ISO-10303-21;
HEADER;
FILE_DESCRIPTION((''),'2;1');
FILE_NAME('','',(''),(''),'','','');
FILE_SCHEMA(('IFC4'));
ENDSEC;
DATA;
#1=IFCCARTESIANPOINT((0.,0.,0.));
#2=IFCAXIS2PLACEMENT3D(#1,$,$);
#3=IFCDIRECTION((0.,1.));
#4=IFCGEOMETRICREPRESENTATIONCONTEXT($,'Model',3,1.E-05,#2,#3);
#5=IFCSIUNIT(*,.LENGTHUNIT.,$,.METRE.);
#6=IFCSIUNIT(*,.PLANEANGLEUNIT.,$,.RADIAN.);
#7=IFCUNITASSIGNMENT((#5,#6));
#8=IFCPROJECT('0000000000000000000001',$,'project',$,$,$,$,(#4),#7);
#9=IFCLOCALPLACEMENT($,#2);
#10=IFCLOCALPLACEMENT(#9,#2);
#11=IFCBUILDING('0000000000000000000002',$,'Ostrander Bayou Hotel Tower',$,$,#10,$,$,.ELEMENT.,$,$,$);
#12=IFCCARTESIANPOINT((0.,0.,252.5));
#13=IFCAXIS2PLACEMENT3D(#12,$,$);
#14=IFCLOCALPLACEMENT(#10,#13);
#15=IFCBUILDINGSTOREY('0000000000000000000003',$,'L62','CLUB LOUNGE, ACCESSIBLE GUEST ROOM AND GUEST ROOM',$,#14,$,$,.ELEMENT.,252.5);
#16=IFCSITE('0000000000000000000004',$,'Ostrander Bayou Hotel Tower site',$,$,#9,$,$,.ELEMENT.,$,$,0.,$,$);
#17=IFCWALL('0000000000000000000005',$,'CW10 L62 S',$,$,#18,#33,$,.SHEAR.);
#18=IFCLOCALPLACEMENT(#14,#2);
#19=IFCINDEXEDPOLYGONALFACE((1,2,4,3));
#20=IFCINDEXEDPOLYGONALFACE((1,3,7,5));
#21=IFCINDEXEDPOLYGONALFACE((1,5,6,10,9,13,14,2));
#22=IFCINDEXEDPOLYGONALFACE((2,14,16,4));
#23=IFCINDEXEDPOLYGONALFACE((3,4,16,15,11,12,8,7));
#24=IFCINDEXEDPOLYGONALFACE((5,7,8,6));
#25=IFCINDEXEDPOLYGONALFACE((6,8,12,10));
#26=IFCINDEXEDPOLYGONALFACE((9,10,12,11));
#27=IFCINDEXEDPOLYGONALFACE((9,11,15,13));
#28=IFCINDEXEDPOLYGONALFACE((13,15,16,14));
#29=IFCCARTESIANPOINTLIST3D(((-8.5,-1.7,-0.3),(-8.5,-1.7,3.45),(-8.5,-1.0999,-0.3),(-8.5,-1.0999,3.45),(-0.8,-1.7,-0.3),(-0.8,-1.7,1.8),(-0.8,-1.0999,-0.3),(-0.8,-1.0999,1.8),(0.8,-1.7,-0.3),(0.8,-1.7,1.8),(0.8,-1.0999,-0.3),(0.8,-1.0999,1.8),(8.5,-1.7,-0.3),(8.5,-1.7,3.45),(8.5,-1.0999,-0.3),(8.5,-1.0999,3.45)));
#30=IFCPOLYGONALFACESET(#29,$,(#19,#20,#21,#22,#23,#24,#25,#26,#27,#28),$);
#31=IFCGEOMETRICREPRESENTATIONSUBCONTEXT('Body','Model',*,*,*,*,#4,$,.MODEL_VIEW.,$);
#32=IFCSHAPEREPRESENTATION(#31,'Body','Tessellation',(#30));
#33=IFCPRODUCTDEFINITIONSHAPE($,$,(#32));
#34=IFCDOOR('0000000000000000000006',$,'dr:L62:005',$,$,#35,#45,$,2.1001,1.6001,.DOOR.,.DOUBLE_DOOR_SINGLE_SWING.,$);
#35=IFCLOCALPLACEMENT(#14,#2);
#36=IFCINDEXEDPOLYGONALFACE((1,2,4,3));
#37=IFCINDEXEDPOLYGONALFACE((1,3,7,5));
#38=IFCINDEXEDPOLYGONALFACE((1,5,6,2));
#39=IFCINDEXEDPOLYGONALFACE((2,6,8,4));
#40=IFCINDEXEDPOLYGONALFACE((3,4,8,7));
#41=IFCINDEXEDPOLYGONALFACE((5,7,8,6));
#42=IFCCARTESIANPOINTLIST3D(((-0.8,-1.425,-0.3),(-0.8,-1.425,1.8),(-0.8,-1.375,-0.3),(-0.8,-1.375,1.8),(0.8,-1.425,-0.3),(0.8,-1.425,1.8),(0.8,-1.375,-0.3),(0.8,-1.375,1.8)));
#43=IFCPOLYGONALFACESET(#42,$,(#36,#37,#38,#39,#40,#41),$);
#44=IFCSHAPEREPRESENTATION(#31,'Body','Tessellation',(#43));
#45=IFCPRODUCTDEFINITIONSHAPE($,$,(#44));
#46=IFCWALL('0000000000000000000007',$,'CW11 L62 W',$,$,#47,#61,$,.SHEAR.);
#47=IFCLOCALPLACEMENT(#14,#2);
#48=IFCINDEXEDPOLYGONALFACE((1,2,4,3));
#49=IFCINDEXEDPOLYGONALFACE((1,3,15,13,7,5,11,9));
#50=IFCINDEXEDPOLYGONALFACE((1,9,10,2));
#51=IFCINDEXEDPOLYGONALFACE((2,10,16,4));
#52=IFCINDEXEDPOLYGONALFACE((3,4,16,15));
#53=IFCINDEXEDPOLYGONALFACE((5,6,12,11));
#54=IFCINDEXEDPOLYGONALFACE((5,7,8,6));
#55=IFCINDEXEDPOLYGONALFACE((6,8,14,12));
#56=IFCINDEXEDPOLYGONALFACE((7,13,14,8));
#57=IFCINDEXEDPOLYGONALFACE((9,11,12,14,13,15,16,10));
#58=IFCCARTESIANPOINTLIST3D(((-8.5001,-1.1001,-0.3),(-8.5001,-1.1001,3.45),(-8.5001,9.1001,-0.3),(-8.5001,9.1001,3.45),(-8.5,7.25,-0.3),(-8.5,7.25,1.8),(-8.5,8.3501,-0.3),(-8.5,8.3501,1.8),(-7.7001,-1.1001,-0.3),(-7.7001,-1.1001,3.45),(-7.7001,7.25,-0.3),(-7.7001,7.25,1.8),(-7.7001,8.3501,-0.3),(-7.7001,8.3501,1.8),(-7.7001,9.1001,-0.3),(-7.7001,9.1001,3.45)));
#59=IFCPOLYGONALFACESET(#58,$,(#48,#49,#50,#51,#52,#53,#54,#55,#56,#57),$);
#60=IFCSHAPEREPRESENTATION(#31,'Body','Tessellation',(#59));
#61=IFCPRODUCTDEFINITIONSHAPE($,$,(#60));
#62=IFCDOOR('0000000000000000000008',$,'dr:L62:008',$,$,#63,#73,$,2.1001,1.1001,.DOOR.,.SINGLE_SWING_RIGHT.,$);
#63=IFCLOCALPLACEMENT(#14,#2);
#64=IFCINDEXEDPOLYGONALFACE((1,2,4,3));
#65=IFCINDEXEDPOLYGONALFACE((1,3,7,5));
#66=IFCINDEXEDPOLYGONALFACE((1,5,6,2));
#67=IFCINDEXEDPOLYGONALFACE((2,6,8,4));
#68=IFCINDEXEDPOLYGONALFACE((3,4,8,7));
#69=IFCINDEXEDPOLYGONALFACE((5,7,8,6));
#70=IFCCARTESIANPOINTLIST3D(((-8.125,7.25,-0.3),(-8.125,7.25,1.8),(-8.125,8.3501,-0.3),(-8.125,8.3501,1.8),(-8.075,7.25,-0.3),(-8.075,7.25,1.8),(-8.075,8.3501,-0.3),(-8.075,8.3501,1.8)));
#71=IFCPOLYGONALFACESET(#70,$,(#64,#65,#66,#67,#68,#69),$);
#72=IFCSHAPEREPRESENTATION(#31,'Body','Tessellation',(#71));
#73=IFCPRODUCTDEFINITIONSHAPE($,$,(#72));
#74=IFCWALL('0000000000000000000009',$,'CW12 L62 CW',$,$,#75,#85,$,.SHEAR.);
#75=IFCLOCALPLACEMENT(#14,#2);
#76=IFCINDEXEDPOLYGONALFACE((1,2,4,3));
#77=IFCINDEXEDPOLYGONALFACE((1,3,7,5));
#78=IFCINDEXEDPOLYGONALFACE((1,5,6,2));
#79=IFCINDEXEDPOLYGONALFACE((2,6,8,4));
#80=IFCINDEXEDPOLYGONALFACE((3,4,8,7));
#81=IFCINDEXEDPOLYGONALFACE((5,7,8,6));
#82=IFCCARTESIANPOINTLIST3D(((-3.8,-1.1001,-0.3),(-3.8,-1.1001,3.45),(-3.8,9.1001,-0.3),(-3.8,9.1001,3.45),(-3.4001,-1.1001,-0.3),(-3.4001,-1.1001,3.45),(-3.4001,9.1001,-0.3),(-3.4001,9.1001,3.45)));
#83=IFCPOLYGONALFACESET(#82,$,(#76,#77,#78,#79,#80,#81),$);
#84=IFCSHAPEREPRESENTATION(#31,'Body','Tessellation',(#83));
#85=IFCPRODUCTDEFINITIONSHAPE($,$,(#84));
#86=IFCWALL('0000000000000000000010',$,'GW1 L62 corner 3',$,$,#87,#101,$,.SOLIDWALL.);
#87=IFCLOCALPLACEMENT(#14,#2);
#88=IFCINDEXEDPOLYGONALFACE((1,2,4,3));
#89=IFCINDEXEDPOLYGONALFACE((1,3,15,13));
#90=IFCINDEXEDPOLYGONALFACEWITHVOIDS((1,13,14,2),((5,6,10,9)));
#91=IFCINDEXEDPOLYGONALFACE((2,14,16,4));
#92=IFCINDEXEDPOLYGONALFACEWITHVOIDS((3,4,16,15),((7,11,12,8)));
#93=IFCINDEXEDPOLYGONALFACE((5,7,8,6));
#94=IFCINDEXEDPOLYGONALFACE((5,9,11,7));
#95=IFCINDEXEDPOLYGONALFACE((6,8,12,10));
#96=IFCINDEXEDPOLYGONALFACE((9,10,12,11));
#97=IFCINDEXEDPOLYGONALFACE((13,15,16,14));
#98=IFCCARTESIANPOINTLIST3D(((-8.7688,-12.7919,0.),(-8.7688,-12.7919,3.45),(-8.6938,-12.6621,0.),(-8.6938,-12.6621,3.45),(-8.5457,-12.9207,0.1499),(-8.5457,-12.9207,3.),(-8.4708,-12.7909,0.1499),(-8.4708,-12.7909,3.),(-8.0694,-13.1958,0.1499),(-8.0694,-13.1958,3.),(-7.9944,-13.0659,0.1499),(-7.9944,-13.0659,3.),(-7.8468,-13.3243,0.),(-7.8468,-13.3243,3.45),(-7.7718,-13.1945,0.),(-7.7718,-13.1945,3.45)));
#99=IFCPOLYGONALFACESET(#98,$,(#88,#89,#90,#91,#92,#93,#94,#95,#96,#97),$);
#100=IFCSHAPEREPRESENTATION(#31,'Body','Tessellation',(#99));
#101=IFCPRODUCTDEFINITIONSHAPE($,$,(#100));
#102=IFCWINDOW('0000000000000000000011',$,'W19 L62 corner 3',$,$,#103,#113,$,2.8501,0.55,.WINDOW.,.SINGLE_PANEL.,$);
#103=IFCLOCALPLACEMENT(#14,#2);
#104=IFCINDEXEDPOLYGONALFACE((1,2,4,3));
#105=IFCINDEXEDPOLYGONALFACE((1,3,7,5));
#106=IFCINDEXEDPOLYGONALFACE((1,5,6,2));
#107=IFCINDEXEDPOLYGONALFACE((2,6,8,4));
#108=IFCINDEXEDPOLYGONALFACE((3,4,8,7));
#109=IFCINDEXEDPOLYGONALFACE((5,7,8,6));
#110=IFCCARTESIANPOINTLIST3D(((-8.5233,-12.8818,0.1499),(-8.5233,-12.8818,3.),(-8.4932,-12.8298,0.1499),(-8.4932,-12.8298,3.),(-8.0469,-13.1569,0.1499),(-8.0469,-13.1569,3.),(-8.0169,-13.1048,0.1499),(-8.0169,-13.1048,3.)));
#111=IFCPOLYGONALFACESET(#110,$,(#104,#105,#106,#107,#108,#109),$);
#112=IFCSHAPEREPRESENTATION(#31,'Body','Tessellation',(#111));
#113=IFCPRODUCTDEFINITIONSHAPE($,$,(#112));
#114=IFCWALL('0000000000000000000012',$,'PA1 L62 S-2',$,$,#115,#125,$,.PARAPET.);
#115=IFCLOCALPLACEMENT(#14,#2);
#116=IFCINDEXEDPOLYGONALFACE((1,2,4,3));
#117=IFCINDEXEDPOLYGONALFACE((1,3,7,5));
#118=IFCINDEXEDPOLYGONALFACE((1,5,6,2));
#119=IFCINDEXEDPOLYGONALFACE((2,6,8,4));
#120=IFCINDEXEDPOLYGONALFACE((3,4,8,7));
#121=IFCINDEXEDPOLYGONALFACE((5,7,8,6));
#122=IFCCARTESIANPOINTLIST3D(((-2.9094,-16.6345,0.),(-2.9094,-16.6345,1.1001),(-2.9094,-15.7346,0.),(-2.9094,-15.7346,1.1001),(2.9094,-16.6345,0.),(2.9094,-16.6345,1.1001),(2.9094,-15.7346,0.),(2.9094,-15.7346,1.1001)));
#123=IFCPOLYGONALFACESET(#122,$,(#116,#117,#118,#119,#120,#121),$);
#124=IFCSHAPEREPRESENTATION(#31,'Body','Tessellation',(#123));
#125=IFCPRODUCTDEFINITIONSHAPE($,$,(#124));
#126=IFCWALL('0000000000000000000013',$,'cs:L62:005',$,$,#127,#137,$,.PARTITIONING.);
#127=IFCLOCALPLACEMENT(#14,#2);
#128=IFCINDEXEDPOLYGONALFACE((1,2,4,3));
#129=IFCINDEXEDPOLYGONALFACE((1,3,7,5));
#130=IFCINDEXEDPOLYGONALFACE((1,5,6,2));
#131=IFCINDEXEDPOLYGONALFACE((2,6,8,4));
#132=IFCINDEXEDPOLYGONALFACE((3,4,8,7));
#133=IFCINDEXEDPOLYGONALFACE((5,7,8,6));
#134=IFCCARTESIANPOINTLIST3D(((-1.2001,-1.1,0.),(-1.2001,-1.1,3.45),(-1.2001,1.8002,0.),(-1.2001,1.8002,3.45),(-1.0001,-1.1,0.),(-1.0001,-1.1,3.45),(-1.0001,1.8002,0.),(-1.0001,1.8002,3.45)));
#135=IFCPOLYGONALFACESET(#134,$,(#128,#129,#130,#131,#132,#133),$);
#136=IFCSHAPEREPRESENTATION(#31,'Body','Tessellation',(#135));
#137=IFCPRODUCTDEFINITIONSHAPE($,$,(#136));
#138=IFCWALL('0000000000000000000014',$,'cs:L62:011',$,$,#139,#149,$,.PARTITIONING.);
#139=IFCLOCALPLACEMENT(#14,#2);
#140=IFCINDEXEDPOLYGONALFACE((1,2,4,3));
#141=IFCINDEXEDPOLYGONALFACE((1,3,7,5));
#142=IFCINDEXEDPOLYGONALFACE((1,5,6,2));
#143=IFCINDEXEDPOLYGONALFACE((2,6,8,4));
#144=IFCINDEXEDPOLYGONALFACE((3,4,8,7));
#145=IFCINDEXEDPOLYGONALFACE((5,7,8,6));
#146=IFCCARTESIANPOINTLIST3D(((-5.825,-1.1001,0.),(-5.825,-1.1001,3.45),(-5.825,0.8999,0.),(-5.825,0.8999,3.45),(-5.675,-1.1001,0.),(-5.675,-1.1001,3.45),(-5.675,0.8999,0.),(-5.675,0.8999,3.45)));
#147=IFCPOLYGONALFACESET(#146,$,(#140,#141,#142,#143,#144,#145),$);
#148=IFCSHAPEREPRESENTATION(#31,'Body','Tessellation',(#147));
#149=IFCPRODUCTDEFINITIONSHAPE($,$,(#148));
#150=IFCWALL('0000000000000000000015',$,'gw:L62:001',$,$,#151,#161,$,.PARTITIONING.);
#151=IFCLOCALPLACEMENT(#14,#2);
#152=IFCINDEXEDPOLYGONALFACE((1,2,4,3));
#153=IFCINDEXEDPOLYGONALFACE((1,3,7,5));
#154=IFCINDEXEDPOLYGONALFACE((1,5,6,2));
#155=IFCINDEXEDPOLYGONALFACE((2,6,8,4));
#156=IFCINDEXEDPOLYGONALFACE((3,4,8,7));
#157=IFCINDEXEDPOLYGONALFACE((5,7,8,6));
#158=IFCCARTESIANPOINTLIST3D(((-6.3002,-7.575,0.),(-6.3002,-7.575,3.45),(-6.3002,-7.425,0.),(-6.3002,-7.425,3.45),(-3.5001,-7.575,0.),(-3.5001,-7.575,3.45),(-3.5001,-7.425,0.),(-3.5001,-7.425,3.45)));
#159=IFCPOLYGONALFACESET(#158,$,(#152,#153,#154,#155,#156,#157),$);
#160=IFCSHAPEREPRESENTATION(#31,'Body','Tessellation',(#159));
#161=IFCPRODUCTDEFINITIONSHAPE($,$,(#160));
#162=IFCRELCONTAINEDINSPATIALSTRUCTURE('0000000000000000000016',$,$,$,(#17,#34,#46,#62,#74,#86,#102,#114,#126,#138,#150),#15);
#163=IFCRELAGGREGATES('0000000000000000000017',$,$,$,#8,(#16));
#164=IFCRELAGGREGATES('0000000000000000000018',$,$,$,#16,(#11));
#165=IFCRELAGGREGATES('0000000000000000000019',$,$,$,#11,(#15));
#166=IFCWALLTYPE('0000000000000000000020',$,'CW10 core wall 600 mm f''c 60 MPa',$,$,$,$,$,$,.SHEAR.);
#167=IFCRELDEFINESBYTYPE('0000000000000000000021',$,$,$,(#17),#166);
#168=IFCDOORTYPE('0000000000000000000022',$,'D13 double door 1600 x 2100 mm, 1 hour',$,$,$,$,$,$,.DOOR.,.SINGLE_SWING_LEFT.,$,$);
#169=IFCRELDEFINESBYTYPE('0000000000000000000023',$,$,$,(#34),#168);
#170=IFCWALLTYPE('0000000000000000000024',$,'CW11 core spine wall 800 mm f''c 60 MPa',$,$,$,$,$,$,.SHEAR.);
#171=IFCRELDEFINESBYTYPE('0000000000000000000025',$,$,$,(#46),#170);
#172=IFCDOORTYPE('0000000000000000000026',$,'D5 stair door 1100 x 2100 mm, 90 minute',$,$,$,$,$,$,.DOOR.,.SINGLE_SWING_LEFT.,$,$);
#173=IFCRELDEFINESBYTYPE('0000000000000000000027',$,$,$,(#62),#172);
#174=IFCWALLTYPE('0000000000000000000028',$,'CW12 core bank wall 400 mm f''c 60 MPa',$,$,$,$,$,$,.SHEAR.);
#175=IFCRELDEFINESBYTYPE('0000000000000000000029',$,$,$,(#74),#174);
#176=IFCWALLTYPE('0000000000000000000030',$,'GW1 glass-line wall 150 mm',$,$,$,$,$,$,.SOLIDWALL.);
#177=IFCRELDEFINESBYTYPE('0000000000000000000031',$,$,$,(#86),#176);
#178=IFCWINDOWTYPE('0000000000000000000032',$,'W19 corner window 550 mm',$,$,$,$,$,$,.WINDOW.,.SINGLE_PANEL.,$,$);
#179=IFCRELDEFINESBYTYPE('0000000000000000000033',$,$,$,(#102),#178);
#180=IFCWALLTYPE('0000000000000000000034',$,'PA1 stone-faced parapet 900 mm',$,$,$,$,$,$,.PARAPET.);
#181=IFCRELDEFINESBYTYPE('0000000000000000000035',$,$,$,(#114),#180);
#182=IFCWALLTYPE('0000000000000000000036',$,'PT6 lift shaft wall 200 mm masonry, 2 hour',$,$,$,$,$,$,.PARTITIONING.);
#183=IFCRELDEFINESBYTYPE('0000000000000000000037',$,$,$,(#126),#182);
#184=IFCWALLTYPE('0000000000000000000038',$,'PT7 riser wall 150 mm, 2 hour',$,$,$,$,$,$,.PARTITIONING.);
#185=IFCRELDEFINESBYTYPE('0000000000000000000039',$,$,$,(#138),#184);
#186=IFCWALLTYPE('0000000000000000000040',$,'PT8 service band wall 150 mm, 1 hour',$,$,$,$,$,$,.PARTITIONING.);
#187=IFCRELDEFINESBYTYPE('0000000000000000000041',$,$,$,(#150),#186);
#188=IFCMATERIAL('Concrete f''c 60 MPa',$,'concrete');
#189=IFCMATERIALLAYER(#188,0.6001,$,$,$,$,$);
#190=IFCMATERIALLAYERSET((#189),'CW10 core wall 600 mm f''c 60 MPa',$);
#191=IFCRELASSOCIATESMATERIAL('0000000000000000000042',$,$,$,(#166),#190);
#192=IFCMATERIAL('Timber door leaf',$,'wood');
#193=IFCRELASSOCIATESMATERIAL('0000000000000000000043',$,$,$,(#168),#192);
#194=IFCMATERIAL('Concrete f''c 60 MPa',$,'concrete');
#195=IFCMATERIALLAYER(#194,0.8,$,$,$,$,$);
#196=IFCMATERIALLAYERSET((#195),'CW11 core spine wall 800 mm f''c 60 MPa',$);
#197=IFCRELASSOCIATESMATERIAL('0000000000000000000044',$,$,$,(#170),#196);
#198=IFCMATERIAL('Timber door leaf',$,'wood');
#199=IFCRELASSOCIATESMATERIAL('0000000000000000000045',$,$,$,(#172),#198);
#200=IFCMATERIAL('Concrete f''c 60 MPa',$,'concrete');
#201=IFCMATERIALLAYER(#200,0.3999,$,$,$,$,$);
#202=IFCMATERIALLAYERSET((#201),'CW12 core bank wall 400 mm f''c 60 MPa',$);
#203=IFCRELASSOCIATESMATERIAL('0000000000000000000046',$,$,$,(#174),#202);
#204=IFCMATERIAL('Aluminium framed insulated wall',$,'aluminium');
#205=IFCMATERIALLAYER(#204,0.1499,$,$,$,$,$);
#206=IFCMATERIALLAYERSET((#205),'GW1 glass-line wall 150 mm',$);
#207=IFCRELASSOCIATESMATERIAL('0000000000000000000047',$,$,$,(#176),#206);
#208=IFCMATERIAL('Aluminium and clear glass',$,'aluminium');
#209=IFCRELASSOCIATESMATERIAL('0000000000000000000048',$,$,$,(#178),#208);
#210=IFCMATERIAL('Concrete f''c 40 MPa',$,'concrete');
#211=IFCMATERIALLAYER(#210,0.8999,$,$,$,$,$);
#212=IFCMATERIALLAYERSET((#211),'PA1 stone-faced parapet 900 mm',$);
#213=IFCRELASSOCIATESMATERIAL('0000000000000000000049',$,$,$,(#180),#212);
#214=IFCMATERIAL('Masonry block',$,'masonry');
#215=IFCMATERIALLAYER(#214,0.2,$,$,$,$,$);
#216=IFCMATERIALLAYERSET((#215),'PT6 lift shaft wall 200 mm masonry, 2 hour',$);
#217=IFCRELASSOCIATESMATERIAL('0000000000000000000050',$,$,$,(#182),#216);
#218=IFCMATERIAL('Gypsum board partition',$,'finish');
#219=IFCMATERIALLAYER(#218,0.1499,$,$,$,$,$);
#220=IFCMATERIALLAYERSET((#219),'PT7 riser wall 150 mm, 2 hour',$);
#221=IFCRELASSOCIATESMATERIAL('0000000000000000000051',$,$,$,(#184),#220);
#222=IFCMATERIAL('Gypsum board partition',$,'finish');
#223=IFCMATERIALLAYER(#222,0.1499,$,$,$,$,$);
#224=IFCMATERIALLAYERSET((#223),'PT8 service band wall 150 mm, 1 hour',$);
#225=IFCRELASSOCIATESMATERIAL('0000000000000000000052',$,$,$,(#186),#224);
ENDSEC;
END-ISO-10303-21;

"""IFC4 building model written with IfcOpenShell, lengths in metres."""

from ifc_helpers import new_model, si_unit, direction, frame, frame_2d, origin, place, context, subcontext, project, spatial, rectangle, extrude, material, layer, layer_set, type_object, element, fill, save


model = new_model("IFC4")

# Units and contexts
model_context = context("Model", 3, precision=1e-05, world=origin(), true_north=direction((0.0, 1.0)))
body_context = subcontext(model_context, "Body", "Model", "MODEL_VIEW")
ifc_project = project(units=[si_unit("LENGTHUNIT", "METRE"), si_unit("PLANEANGLEUNIT", "RADIAN")], contexts=[model_context])

# Site, building, storey
site_placement = place(None, origin())
site = spatial("IfcSite", under=ifc_project, at=site_placement, Name="Ostrander Bayou Hotel Tower site", CompositionType="ELEMENT", RefElevation=0.0)
building_placement = place(site_placement, origin())
building = spatial("IfcBuilding", under=site, at=building_placement, Name="Ostrander Bayou Hotel Tower", CompositionType="ELEMENT")
storey_placement = place(building_placement, frame((0.0, 0.0, 252.5)))
storey = spatial("IfcBuildingStorey", under=building, at=storey_placement, Name="L62", Description="CLUB LOUNGE, ACCESSIBLE GUEST ROOM AND GUEST ROOM", CompositionType="ELEMENT", Elevation=252.5)

# Walls, openings, doors
ifc_material_1 = material(Name="Concrete f'c 60 MPa", Category="concrete")
ifc_layer_1 = layer(ifc_material_1, 0.6001)
ifc_layer_set_1 = layer_set([ifc_layer_1], Name="CW10 core wall 600 mm f'c 60 MPa")
wall_type_1 = type_object("IfcWallType", Name="CW10 core wall 600 mm f'c 60 MPa", PredefinedType="SHEAR", material=ifc_layer_set_1)
wall_1_placement = place(storey_placement, frame((-8.5, -1.3999, -0.3), z_axis=(0.0, 0.0, 1.0), x_axis=(1.0, 0.0, 0.0)))
wall_1 = element("IfcWall", 1, at=wall_1_placement, inside=storey, type_object=wall_type_1, Name="CW10 L62 S", PredefinedType="SHEAR", context=body_context, shape_type="SweptSolid", body=[
    extrude(rectangle(XDim=17.0, YDim=0.6001, at=frame_2d((8.5, 0.0))), origin(), (0.0, 0.0, 1.0), 3.75),
])
opening_1_placement = place(wall_1_placement, frame((7.7, 0.0, 0.0)))
opening_1 = element("IfcOpeningElement", 2, at=opening_1_placement, cuts=wall_1, PredefinedType="OPENING", context=body_context, shape_type="SweptSolid", body=[
    extrude(rectangle(XDim=1.6001, YDim=2.1001, at=frame_2d((0.8, 1.05))), frame((0.0, 0.3, 0.0), z_axis=(0.0, -1.0, 0.0), x_axis=(1.0, 0.0, 0.0)), (0.0, 0.0, 1.0), 0.6001),
])
ifc_material_2 = material(Name="Timber door leaf", Category="wood")
door_type_1 = type_object("IfcDoorType", Name="D13 double door 1600 x 2100 mm, 1 hour", OperationType="SINGLE_SWING_LEFT", PredefinedType="DOOR", material=ifc_material_2)
door_1_placement = place(opening_1_placement, origin())
door_1 = element("IfcDoor", 3, at=door_1_placement, inside=storey, type_object=door_type_1, Name="dr:L62:005", OperationType="DOUBLE_DOOR_SINGLE_SWING", OverallHeight=2.1001, OverallWidth=1.6001, PredefinedType="DOOR", context=body_context, shape_type="SweptSolid", body=[
    extrude(rectangle(XDim=1.6001, YDim=2.1001, at=frame_2d((0.8, 1.05))), frame((0.0, 0.0249, 0.0), z_axis=(0.0, -1.0, 0.0), x_axis=(1.0, 0.0, 0.0)), (0.0, 0.0, 1.0), 0.05),
])
fill(opening_1, door_1)
ifc_material_3 = material(Name="Concrete f'c 60 MPa", Category="concrete")
ifc_layer_2 = layer(ifc_material_3, 0.8)
ifc_layer_set_2 = layer_set([ifc_layer_2], Name="CW11 core spine wall 800 mm f'c 60 MPa")
wall_type_2 = type_object("IfcWallType", Name="CW11 core spine wall 800 mm f'c 60 MPa", PredefinedType="SHEAR", material=ifc_layer_set_2)
wall_2_placement = place(storey_placement, frame((-8.1001, -1.1001, -0.3), z_axis=(0.0, 0.0, 1.0), x_axis=(0.0, 1.0, 0.0)))
wall_2 = element("IfcWall", 4, at=wall_2_placement, inside=storey, type_object=wall_type_2, Name="CW11 L62 W", PredefinedType="SHEAR", context=body_context, shape_type="SweptSolid", body=[
    extrude(rectangle(XDim=10.2002, YDim=0.8, at=frame_2d((5.1001, 0.0))), origin(), (0.0, 0.0, 1.0), 3.75),
])
opening_2_placement = place(wall_2_placement, frame((8.3501, 0.0, 0.0)))
opening_2 = element("IfcOpeningElement", 5, at=opening_2_placement, cuts=wall_2, PredefinedType="OPENING", context=body_context, shape_type="SweptSolid", body=[
    extrude(rectangle(XDim=1.1001, YDim=2.1001, at=frame_2d((0.55, 1.05))), frame((0.0, 0.3999, 0.0), z_axis=(0.0, -1.0, 0.0), x_axis=(1.0, 0.0, 0.0)), (0.0, 0.0, 1.0), 0.8),
])
ifc_material_4 = material(Name="Timber door leaf", Category="wood")
door_type_2 = type_object("IfcDoorType", Name="D5 stair door 1100 x 2100 mm, 90 minute", OperationType="SINGLE_SWING_LEFT", PredefinedType="DOOR", material=ifc_material_4)
door_2_placement = place(opening_2_placement, origin())
door_2 = element("IfcDoor", 6, at=door_2_placement, inside=storey, type_object=door_type_2, Name="dr:L62:008", OperationType="SINGLE_SWING_RIGHT", OverallHeight=2.1001, OverallWidth=1.1001, PredefinedType="DOOR", context=body_context, shape_type="SweptSolid", body=[
    extrude(rectangle(XDim=1.1001, YDim=2.1001, at=frame_2d((0.55, 1.05))), frame((0.0, 0.0249, 0.0), z_axis=(0.0, -1.0, 0.0), x_axis=(1.0, 0.0, 0.0)), (0.0, 0.0, 1.0), 0.05),
])
fill(opening_2, door_2)

# Wall
ifc_material_5 = material(Name="Concrete f'c 60 MPa", Category="concrete")
ifc_layer_3 = layer(ifc_material_5, 0.3999)
ifc_layer_set_3 = layer_set([ifc_layer_3], Name="CW12 core bank wall 400 mm f'c 60 MPa")
wall_type_3 = type_object("IfcWallType", Name="CW12 core bank wall 400 mm f'c 60 MPa", PredefinedType="SHEAR", material=ifc_layer_set_3)
wall_3_placement = place(storey_placement, frame((-3.6001, -1.1001, -0.3), z_axis=(0.0, 0.0, 1.0), x_axis=(0.0, 1.0, 0.0)))
element("IfcWall", 7, at=wall_3_placement, inside=storey, type_object=wall_type_3, Name="CW12 L62 CW", PredefinedType="SHEAR", context=body_context, shape_type="SweptSolid", body=[
    extrude(rectangle(XDim=10.2002, YDim=0.3999, at=frame_2d((5.1001, 0.0))), origin(), (0.0, 0.0, 1.0), 3.75),
])

# Shared definitions
ifc_material_6 = material(Name="Aluminium framed insulated wall", Category="aluminium")
ifc_layer_4 = layer(ifc_material_6, 0.1499)
ifc_layer_set_4 = layer_set([ifc_layer_4], Name="GW1 glass-line wall 150 mm")
wall_type_4 = type_object("IfcWallType", Name="GW1 glass-line wall 150 mm", PredefinedType="SOLIDWALL", material=ifc_layer_set_4)

# Wall, opening, window
wall_4_placement = place(storey_placement, frame((-8.7312, -12.7271, 0.0), z_axis=(0.0, 0.0, 1.0), x_axis=(0.865991, -0.50006, 0.0)))
wall_4 = element("IfcWall", 8, at=wall_4_placement, inside=storey, type_object=wall_type_4, Name="GW1 L62 corner 3", PredefinedType="SOLIDWALL", context=body_context, shape_type="SweptSolid", body=[
    extrude(rectangle(XDim=1.0647, YDim=0.1499, at=frame_2d((0.5322, 0.0))), origin(), (0.0, 0.0, 1.0), 3.45),
])
opening_3_placement = place(wall_4_placement, frame((0.2576, 0.0, 0.1499)))
opening_3 = element("IfcOpeningElement", 9, at=opening_3_placement, cuts=wall_4, PredefinedType="OPENING", context=body_context, shape_type="SweptSolid", body=[
    extrude(rectangle(XDim=0.55, YDim=2.8501, at=frame_2d((0.2749, 1.425))), frame((0.0, 0.075, 0.0), z_axis=(0.0, -1.0, 0.0), x_axis=(1.0, 0.0, 0.0)), (0.0, 0.0, 1.0), 0.1499),
])
ifc_material_7 = material(Name="Aluminium and clear glass", Category="aluminium")
window_type_1 = type_object("IfcWindowType", Name="W19 corner window 550 mm", PartitioningType="SINGLE_PANEL", PredefinedType="WINDOW", material=ifc_material_7)
window_1_placement = place(opening_3_placement, origin())
window_1 = element("IfcWindow", 10, at=window_1_placement, inside=storey, type_object=window_type_1, Name="W19 L62 corner 3", OverallHeight=2.8501, OverallWidth=0.55, PartitioningType="SINGLE_PANEL", PredefinedType="WINDOW", context=body_context, shape_type="SweptSolid", body=[
    extrude(rectangle(XDim=0.55, YDim=2.8501, at=frame_2d((0.2749, 1.425))), frame((0.0, 0.03, 0.0), z_axis=(0.0, -1.0, 0.0), x_axis=(1.0, 0.0, 0.0)), (0.0, 0.0, 1.0), 0.0601),
])
fill(opening_3, window_1)

# Walls
ifc_material_8 = material(Name="Concrete f'c 40 MPa", Category="concrete")
ifc_layer_5 = layer(ifc_material_8, 0.8999)
ifc_layer_set_5 = layer_set([ifc_layer_5], Name="PA1 stone-faced parapet 900 mm")
wall_type_5 = type_object("IfcWallType", Name="PA1 stone-faced parapet 900 mm", PredefinedType="PARAPET", material=ifc_layer_set_5)
wall_5_placement = place(storey_placement, frame((-2.9094, -16.1846, 0.0), z_axis=(0.0, 0.0, 1.0), x_axis=(1.0, 0.0, 0.0)))
element("IfcWall", 11, at=wall_5_placement, inside=storey, type_object=wall_type_5, Name="PA1 L62 S-2", PredefinedType="PARAPET", context=body_context, shape_type="SweptSolid", body=[
    extrude(rectangle(XDim=5.8188, YDim=0.8999, at=frame_2d((2.9094, 0.0))), origin(), (0.0, 0.0, 1.0), 1.1001),
])
ifc_material_9 = material(Name="Masonry block", Category="masonry")
ifc_layer_6 = layer(ifc_material_9, 0.2)
ifc_layer_set_6 = layer_set([ifc_layer_6], Name="PT6 lift shaft wall 200 mm masonry, 2 hour")
wall_type_6 = type_object("IfcWallType", Name="PT6 lift shaft wall 200 mm masonry, 2 hour", PredefinedType="PARTITIONING", material=ifc_layer_set_6)
wall_6_placement = place(storey_placement, frame((-1.1001, -1.1001, 0.0), z_axis=(0.0, 0.0, 1.0), x_axis=(0.0, 1.0, 0.0)))
element("IfcWall", 12, at=wall_6_placement, inside=storey, type_object=wall_type_6, Name="cs:L62:005", PredefinedType="PARTITIONING", context=body_context, shape_type="SweptSolid", body=[
    extrude(rectangle(XDim=2.9001, YDim=0.2, at=frame_2d((1.4502, 0.0))), origin(), (0.0, 0.0, 1.0), 3.45),
])
ifc_material_10 = material(Name="Gypsum board partition", Category="finish")
ifc_layer_7 = layer(ifc_material_10, 0.1499)
ifc_layer_set_7 = layer_set([ifc_layer_7], Name="PT7 riser wall 150 mm, 2 hour")
wall_type_7 = type_object("IfcWallType", Name="PT7 riser wall 150 mm, 2 hour", PredefinedType="PARTITIONING", material=ifc_layer_set_7)
wall_7_placement = place(storey_placement, frame((-5.75, -1.1001, 0.0), z_axis=(0.0, 0.0, 1.0), x_axis=(0.0, 1.0, 0.0)))
element("IfcWall", 13, at=wall_7_placement, inside=storey, type_object=wall_type_7, Name="cs:L62:011", PredefinedType="PARTITIONING", context=body_context, shape_type="SweptSolid", body=[
    extrude(rectangle(XDim=2.0, YDim=0.1499, at=frame_2d((1.0, 0.0))), origin(), (0.0, 0.0, 1.0), 3.45),
])
ifc_material_11 = material(Name="Gypsum board partition", Category="finish")
ifc_layer_8 = layer(ifc_material_11, 0.1499)
ifc_layer_set_8 = layer_set([ifc_layer_8], Name="PT8 service band wall 150 mm, 1 hour")
wall_type_8 = type_object("IfcWallType", Name="PT8 service band wall 150 mm, 1 hour", PredefinedType="PARTITIONING", material=ifc_layer_set_8)
for number, where, z_axis, x_axis, name in (
    (14, (-6.3, -7.5, 0.0), (0.0, 0.0, 1.0), (1.0, 0.0, 0.0), "gw:L62:001"),
):
    element("IfcWall", number, at=place(storey_placement, frame(where, z_axis=z_axis, x_axis=x_axis)), inside=storey, type_object=wall_type_8, Name=name, PredefinedType="PARTITIONING", context=body_context, shape_type="SweptSolid", body=[
        extrude(rectangle(XDim=2.8, YDim=0.1499, at=frame_2d((1.3999, 0.0))), origin(), (0.0, 0.0, 1.0), 3.45),
    ])

save(model, "model.ifc")
